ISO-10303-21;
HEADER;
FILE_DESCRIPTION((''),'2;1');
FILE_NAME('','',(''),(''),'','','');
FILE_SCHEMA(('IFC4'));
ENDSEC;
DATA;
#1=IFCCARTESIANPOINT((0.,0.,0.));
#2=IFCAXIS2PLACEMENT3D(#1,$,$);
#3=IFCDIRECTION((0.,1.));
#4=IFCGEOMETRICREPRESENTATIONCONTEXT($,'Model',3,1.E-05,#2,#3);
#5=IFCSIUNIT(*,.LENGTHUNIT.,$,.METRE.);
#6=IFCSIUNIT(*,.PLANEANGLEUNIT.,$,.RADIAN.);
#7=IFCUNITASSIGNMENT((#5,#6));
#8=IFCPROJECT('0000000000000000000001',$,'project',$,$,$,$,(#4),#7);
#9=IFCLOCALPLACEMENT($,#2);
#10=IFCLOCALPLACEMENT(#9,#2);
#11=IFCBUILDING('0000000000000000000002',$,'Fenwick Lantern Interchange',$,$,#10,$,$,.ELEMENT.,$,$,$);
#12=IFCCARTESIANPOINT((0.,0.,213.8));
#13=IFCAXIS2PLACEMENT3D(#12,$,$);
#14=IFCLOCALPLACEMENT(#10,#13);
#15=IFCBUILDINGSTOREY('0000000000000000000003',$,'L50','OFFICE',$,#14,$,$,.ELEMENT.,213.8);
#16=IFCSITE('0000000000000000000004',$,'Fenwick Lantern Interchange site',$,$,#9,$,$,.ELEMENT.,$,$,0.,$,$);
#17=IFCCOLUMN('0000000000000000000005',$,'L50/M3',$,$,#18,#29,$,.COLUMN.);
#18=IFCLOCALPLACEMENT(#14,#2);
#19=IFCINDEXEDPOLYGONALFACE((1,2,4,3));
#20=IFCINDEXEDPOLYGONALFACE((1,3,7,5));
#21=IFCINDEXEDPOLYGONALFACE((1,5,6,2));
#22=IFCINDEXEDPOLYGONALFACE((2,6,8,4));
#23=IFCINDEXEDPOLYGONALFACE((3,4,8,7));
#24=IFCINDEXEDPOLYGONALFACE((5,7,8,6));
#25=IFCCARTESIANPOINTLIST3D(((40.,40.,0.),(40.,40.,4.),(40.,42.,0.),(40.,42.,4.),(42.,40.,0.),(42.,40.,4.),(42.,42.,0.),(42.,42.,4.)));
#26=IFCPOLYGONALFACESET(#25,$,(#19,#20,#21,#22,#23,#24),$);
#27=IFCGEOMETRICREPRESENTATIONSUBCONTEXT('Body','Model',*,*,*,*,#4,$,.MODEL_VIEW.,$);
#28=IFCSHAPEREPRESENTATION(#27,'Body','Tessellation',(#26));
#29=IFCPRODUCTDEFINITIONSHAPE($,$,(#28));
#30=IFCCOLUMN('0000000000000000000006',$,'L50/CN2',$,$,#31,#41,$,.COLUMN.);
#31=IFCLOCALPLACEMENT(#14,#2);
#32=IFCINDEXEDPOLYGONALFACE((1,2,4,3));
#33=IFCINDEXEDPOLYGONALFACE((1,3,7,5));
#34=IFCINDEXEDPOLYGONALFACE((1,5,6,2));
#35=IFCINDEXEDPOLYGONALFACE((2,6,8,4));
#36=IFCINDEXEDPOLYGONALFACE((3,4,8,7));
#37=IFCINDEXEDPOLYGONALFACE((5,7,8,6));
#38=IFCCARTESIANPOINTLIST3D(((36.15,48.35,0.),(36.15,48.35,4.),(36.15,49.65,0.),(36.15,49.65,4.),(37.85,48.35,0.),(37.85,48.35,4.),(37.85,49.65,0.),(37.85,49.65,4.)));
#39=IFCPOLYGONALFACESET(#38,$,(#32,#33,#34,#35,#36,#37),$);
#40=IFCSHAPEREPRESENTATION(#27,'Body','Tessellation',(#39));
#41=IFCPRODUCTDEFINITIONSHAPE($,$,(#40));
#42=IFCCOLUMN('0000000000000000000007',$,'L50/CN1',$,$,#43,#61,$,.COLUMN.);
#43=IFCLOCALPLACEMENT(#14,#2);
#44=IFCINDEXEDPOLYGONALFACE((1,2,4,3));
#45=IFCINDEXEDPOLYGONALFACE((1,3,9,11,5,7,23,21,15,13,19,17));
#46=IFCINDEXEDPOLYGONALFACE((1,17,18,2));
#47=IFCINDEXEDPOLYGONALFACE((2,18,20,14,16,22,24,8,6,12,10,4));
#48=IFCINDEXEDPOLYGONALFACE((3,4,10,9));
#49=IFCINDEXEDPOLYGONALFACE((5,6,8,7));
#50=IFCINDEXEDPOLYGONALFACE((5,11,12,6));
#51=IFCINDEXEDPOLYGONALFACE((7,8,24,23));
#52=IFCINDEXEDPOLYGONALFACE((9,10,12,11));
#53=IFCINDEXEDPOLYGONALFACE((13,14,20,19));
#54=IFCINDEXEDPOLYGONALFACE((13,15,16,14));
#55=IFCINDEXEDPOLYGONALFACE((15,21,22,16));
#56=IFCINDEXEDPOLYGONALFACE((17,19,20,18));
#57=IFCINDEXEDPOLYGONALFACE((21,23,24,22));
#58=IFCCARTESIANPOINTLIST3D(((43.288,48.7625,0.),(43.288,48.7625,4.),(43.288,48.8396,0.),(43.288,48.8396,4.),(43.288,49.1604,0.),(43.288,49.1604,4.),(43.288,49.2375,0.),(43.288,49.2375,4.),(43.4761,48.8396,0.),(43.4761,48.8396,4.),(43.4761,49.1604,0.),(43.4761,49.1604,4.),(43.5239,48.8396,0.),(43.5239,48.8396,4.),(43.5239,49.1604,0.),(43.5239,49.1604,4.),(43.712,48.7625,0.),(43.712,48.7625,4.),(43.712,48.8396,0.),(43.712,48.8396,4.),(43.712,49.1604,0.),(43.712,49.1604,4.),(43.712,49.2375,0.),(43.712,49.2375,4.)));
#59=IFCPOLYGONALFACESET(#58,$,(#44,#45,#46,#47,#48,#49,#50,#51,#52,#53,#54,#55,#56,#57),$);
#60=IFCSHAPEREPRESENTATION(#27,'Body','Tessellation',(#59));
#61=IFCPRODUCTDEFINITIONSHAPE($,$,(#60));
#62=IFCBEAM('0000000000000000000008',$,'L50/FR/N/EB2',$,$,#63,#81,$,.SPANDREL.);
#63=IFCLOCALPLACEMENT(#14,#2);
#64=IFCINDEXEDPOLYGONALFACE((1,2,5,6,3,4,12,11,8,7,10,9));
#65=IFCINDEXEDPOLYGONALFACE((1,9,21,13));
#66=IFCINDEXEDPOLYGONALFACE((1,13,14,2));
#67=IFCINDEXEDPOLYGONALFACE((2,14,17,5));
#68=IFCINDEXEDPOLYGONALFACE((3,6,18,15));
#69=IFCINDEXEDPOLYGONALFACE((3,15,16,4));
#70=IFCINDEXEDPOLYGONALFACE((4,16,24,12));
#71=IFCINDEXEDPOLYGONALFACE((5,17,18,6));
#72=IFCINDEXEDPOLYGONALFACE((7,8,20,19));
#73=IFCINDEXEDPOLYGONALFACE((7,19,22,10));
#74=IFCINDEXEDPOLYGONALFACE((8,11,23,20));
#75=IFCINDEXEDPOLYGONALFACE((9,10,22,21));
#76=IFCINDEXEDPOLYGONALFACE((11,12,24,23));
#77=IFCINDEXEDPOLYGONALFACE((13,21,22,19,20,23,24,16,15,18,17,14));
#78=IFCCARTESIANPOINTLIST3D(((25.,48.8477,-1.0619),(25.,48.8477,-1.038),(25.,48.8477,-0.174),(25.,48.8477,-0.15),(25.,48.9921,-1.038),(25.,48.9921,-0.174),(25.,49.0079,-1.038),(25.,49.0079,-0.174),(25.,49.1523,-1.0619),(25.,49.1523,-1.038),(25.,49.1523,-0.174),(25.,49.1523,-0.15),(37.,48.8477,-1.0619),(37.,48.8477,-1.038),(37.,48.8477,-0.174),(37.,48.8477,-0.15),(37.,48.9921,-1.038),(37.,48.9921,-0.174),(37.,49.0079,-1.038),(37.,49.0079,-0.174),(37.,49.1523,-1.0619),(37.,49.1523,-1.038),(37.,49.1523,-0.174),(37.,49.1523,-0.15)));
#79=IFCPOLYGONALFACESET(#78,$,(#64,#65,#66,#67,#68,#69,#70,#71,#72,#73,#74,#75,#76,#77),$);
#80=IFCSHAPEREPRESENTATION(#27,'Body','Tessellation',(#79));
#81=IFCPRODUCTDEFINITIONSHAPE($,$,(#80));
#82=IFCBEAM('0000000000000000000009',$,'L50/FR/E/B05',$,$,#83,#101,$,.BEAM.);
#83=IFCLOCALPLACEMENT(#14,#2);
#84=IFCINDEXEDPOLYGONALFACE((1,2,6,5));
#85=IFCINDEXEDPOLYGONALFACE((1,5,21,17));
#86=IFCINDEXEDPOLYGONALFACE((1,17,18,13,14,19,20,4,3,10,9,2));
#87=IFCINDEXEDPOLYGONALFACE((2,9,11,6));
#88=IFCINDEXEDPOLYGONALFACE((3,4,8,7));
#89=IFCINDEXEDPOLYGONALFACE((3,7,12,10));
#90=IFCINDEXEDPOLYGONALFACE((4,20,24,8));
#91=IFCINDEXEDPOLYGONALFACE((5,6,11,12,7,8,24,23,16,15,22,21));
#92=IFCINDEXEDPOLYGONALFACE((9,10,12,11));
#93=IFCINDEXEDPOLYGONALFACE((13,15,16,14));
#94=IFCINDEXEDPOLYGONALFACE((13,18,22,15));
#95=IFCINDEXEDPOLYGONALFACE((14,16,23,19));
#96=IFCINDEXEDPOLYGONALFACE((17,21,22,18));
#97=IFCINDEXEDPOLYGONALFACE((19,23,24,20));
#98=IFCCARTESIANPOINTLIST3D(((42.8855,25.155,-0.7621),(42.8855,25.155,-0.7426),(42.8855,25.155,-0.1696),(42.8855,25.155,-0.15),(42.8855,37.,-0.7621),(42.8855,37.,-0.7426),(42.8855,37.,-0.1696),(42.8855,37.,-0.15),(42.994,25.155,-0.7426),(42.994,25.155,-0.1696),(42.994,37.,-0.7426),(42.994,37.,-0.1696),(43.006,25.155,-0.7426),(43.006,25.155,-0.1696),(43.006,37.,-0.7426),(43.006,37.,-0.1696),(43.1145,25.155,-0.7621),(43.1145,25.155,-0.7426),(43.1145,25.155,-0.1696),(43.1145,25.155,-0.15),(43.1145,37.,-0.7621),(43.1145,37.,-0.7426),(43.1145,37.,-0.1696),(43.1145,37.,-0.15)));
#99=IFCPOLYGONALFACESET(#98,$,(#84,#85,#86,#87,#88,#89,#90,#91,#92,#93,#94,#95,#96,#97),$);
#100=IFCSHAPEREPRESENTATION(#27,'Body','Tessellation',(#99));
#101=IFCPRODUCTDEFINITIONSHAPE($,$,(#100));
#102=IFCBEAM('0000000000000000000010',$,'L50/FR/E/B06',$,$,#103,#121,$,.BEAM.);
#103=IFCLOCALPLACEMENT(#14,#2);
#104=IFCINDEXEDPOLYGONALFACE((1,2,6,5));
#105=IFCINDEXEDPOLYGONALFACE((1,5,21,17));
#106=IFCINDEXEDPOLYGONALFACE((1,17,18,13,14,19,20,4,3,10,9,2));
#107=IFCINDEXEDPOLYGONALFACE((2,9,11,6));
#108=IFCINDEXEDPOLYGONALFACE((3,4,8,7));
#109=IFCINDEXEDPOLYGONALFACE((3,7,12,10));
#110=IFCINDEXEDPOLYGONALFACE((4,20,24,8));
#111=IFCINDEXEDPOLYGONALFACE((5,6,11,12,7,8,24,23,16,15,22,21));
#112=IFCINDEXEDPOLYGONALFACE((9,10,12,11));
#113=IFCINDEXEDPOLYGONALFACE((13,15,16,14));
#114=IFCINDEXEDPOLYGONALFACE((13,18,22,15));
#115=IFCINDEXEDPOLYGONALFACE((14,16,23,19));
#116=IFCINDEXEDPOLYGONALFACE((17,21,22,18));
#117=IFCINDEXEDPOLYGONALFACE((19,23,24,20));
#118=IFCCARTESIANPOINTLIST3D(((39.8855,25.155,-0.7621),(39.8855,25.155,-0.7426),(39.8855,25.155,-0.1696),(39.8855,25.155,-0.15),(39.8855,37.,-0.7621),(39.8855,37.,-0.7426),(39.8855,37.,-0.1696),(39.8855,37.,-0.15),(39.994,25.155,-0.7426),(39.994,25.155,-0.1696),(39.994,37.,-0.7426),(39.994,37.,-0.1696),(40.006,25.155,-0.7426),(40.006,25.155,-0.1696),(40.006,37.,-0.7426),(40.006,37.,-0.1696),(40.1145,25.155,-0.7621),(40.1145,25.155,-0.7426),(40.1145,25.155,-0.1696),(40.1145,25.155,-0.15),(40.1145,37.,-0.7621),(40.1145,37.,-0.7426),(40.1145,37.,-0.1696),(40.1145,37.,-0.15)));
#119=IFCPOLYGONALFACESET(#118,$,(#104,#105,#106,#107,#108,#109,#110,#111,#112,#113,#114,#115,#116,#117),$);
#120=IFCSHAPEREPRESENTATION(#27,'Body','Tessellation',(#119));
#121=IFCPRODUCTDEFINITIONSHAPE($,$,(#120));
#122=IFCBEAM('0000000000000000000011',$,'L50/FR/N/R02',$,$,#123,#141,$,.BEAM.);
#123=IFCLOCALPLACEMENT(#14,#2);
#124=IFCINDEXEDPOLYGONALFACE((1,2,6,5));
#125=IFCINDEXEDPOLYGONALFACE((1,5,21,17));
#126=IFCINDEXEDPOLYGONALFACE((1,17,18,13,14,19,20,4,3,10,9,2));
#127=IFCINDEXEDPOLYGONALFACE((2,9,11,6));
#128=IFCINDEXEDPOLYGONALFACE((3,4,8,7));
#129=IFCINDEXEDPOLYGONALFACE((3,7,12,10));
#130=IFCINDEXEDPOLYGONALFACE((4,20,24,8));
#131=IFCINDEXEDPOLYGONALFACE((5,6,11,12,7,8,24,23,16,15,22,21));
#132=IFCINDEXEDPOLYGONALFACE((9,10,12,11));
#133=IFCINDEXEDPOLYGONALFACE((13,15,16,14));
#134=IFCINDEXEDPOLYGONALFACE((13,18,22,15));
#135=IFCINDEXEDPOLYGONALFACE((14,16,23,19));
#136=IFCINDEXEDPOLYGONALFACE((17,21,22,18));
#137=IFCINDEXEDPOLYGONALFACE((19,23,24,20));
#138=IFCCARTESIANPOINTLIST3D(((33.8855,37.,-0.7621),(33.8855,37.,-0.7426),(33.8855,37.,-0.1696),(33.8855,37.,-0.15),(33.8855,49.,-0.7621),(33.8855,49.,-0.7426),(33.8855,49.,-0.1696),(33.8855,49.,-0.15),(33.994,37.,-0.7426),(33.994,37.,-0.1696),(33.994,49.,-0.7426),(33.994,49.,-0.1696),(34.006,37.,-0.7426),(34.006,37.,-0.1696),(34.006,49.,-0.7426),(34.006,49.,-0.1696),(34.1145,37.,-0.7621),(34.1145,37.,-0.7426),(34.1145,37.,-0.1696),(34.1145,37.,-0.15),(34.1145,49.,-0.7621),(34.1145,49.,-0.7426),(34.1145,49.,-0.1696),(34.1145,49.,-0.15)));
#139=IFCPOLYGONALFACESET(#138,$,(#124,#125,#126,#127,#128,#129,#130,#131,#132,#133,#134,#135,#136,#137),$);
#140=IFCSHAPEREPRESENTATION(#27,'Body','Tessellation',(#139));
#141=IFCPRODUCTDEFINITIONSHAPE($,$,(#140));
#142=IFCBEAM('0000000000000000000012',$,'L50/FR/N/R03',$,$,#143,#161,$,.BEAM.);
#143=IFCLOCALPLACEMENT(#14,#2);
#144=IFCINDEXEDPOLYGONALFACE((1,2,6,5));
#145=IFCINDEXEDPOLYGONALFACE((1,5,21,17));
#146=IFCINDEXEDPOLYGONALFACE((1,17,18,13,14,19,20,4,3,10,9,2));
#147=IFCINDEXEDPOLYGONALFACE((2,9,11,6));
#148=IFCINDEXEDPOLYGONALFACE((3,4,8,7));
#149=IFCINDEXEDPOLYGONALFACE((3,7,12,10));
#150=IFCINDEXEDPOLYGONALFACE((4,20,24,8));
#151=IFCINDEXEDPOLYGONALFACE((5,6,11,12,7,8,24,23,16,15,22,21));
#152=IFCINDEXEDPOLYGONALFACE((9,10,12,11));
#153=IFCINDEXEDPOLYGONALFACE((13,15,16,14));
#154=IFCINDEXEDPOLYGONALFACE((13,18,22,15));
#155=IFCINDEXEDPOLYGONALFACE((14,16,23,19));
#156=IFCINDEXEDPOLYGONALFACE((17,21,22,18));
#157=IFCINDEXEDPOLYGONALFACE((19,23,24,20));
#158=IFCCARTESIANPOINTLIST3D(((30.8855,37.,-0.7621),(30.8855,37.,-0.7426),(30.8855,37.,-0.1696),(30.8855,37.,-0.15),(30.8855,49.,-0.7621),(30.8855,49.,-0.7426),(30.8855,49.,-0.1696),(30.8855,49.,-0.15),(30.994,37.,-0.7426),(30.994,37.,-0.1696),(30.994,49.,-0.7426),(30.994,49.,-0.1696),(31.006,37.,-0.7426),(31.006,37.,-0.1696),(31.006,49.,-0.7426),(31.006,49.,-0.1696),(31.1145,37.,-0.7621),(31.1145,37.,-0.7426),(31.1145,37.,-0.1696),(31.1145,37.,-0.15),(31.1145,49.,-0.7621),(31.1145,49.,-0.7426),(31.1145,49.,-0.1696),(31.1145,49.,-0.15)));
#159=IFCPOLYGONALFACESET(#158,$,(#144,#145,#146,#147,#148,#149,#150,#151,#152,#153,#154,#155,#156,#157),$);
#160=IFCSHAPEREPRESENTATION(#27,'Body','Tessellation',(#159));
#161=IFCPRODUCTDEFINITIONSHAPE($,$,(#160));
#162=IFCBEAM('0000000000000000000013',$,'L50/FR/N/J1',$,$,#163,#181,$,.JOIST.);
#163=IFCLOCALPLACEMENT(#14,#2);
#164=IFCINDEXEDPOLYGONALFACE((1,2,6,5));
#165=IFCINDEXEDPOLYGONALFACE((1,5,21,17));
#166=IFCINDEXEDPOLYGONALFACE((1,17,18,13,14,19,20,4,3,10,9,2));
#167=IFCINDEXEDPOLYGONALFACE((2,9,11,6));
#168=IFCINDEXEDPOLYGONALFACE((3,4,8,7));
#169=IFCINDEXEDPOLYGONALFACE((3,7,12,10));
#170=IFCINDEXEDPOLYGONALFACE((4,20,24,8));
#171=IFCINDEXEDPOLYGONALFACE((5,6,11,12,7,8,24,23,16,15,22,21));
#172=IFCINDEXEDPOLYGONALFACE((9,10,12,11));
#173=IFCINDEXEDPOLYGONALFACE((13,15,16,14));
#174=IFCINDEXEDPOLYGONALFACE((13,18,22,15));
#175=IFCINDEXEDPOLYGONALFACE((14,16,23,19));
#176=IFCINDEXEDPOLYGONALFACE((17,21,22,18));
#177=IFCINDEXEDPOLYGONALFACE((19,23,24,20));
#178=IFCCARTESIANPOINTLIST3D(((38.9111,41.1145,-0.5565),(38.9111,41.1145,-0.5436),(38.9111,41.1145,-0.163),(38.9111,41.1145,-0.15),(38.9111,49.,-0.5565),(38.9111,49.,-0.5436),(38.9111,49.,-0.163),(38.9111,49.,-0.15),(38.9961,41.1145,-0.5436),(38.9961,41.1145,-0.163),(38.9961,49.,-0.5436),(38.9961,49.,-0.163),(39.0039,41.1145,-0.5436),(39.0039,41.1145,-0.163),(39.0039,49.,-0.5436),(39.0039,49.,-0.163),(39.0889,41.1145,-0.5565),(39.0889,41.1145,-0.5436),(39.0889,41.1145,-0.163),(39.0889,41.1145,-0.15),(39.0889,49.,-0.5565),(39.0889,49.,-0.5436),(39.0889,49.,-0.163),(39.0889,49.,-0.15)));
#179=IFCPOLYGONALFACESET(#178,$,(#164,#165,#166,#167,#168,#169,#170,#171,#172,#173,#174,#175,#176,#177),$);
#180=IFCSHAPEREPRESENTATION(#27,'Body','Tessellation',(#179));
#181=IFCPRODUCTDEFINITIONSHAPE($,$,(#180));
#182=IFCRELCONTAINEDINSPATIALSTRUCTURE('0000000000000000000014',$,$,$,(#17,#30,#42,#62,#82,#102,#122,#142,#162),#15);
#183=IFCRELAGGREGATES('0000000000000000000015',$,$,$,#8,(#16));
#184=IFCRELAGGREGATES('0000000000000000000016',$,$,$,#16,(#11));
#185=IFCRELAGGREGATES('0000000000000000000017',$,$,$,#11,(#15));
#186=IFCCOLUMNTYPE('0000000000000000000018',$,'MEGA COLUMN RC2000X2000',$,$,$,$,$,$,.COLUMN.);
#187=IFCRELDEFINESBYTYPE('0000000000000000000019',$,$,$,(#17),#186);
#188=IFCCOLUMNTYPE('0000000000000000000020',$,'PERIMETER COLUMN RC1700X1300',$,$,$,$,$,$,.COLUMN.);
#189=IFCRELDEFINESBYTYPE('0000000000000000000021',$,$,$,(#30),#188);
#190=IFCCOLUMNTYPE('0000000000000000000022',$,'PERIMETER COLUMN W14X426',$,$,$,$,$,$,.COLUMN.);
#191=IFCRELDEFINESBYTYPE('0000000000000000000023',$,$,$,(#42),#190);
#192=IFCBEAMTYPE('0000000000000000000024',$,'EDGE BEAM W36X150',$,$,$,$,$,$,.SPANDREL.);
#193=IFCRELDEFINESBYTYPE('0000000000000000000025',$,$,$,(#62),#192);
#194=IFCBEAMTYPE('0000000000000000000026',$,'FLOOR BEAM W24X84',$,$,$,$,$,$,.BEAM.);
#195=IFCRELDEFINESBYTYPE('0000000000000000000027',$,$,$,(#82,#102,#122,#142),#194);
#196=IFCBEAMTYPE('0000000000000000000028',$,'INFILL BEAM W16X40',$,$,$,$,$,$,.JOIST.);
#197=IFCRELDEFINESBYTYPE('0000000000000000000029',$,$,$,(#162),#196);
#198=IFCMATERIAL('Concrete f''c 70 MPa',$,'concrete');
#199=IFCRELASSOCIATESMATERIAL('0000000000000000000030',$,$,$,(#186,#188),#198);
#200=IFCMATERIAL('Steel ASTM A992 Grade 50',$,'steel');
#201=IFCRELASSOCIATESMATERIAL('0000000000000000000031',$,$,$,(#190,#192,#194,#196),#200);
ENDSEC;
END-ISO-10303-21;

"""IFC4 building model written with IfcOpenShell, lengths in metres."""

from ifc_helpers import new_model, si_unit, direction, frame, origin, origin_2d, place, context, subcontext, project, spatial, rectangle, i_section, extrude, material, material_profile, profile_set, type_object, element, save


model = new_model("IFC4")

# Units and contexts
model_context = context("Model", 3, precision=1e-05, world=origin(), true_north=direction((0.0, 1.0)))
body_context = subcontext(model_context, "Body", "Model", "MODEL_VIEW")
ifc_project = project(units=[si_unit("LENGTHUNIT", "METRE"), si_unit("PLANEANGLEUNIT", "RADIAN")], contexts=[model_context])

# Site, building, storey
site_placement = place(None, origin())
site = spatial("IfcSite", under=ifc_project, at=site_placement, Name="Fenwick Lantern Interchange site", CompositionType="ELEMENT", RefElevation=0.0)
building_placement = place(site_placement, origin())
building = spatial("IfcBuilding", under=site, at=building_placement, Name="Fenwick Lantern Interchange", CompositionType="ELEMENT")
storey_placement = place(building_placement, frame((0.0, 0.0, 213.8)))
storey = spatial("IfcBuildingStorey", under=building, at=storey_placement, Name="L50", Description="OFFICE", CompositionType="ELEMENT", Elevation=213.8)

# Columns
ifc_material_1 = material(Name="Concrete f'c 70 MPa", Category="concrete")
ifc_material_profile_1 = material_profile(ifc_material_1, rectangle(XDim=2.0, YDim=2.0, at=origin_2d()), Name="RC2000X2000")
ifc_profile_set_1 = profile_set([ifc_material_profile_1], Name="Concrete f'c 70 MPa")
column_type_1 = type_object("IfcColumnType", Name="MEGA COLUMN RC2000X2000", PredefinedType="COLUMN", material=ifc_profile_set_1)
column_1_placement = place(storey_placement, frame((41.0, 41.0, 0.0), z_axis=(0.0, 0.0, 1.0), x_axis=(1.0, 0.0, 0.0)))
element("IfcColumn", 1, at=column_1_placement, inside=storey, type_object=column_type_1, Name="L50/M3", PredefinedType="COLUMN", context=body_context, shape_type="SweptSolid", body=[
    extrude(rectangle(XDim=2.0, YDim=2.0, at=origin_2d()), origin(), (0.0, 0.0, 1.0), 4.0),
])
ifc_material_profile_2 = material_profile(ifc_material_1, rectangle(XDim=1.7, YDim=1.3, at=origin_2d()), Name="RC1700X1300")
ifc_profile_set_2 = profile_set([ifc_material_profile_2], Name="Concrete f'c 70 MPa")
column_type_2 = type_object("IfcColumnType", Name="PERIMETER COLUMN RC1700X1300", PredefinedType="COLUMN", material=ifc_profile_set_2)
column_2_placement = place(storey_placement, frame((37.0, 49.0, 0.0), z_axis=(0.0, 0.0, 1.0), x_axis=(1.0, 0.0, 0.0)))
element("IfcColumn", 2, at=column_2_placement, inside=storey, type_object=column_type_2, Name="L50/CN2", PredefinedType="COLUMN", context=body_context, shape_type="SweptSolid", body=[
    extrude(rectangle(XDim=1.7, YDim=1.3, at=origin_2d()), origin(), (0.0, 0.0, 1.0), 4.0),
])
ifc_material_2 = material(Name="Steel ASTM A992 Grade 50", Category="steel")
ifc_material_profile_3 = material_profile(ifc_material_2, i_section(OverallWidth=0.4241, OverallDepth=0.4751, WebThickness=0.0479, FlangeThickness=0.0771, at=origin_2d()), Name="W14X426")
ifc_profile_set_3 = profile_set([ifc_material_profile_3], Name="Steel ASTM A992 Grade 50")
column_type_3 = type_object("IfcColumnType", Name="PERIMETER COLUMN W14X426", PredefinedType="COLUMN", material=ifc_profile_set_3)
column_3_placement = place(storey_placement, frame((43.5, 49.0, 0.0), z_axis=(0.0, 0.0, 1.0), x_axis=(1.0, 0.0, 0.0)))
element("IfcColumn", 3, at=column_3_placement, inside=storey, type_object=column_type_3, Name="L50/CN1", PredefinedType="COLUMN", context=body_context, shape_type="SweptSolid", body=[
    extrude(i_section(OverallWidth=0.4241, OverallDepth=0.4751, WebThickness=0.0479, FlangeThickness=0.0771, at=origin_2d()), origin(), (0.0, 0.0, 1.0), 4.0),
])

# Beams
ifc_material_profile_4 = material_profile(ifc_material_2, i_section(OverallWidth=0.3047, OverallDepth=0.9119, WebThickness=0.0159, FlangeThickness=0.0239, at=origin_2d()), Name="W36X150")
ifc_profile_set_4 = profile_set([ifc_material_profile_4], Name="Steel ASTM A992 Grade 50")
beam_type_1 = type_object("IfcBeamType", Name="EDGE BEAM W36X150", PredefinedType="SPANDREL", material=ifc_profile_set_4)
beam_1_placement = place(storey_placement, frame((37.0, 49.0, -0.606), z_axis=(-1.0, 0.0, 0.0), x_axis=(0.0, -1.0, 0.0)))
element("IfcBeam", 4, at=beam_1_placement, inside=storey, type_object=beam_type_1, Name="L50/FR/N/EB2", PredefinedType="SPANDREL", context=body_context, shape_type="SweptSolid", body=[
    extrude(i_section(OverallWidth=0.3047, OverallDepth=0.9119, WebThickness=0.0159, FlangeThickness=0.0239, at=origin_2d()), origin(), (0.0, 0.0, 1.0), 12.0),
])
ifc_material_profile_5 = material_profile(ifc_material_2, i_section(OverallWidth=0.229, OverallDepth=0.6121, WebThickness=0.012, FlangeThickness=0.0195, at=origin_2d()), Name="W24X84")
ifc_profile_set_5 = profile_set([ifc_material_profile_5], Name="Steel ASTM A992 Grade 50")
beam_type_2 = type_object("IfcBeamType", Name="FLOOR BEAM W24X84", PredefinedType="BEAM", material=ifc_profile_set_5)
for number, where, z_axis, x_axis, name in (
    (5, (43.0, 25.155, -0.4561), (0.0, 1.0, 0.0), (-1.0, 0.0, 0.0), "L50/FR/E/B05"),
    (6, (40.0, 25.155, -0.4561), (0.0, 1.0, 0.0), (-1.0, 0.0, 0.0), "L50/FR/E/B06"),
):
    element("IfcBeam", number, at=place(storey_placement, frame(where, z_axis=z_axis, x_axis=x_axis)), inside=storey, type_object=beam_type_2, Name=name, PredefinedType="BEAM", context=body_context, shape_type="SweptSolid", body=[
        extrude(i_section(OverallWidth=0.229, OverallDepth=0.6121, WebThickness=0.012, FlangeThickness=0.0195, at=origin_2d()), origin(), (0.0, 0.0, 1.0), 11.845),
    ])
for number, where, z_axis, x_axis, name in (
    (7, (34.0, 49.0, -0.4561), (0.0, -1.0, 0.0), (1.0, 0.0, 0.0), "L50/FR/N/R02"),
    (8, (31.0, 49.0, -0.4561), (0.0, -1.0, 0.0), (1.0, 0.0, 0.0), "L50/FR/N/R03"),
):
    element("IfcBeam", number, at=place(storey_placement, frame(where, z_axis=z_axis, x_axis=x_axis)), inside=storey, type_object=beam_type_2, Name=name, PredefinedType="BEAM", context=body_context, shape_type="SweptSolid", body=[
        extrude(i_section(OverallWidth=0.229, OverallDepth=0.6121, WebThickness=0.012, FlangeThickness=0.0195, at=origin_2d()), origin(), (0.0, 0.0, 1.0), 12.0),
    ])
ifc_material_profile_6 = material_profile(ifc_material_2, i_section(OverallWidth=0.1777, OverallDepth=0.4065, WebThickness=0.0078, FlangeThickness=0.0129, at=origin_2d()), Name="W16X40")
ifc_profile_set_6 = profile_set([ifc_material_profile_6], Name="Steel ASTM A992 Grade 50")
beam_type_3 = type_object("IfcBeamType", Name="INFILL BEAM W16X40", PredefinedType="JOIST", material=ifc_profile_set_6)
beam_2_placement = place(storey_placement, frame((39.0, 49.0, -0.3533), z_axis=(0.0, -1.0, 0.0), x_axis=(1.0, 0.0, 0.0)))
element("IfcBeam", 9, at=beam_2_placement, inside=storey, type_object=beam_type_3, Name="L50/FR/N/J1", PredefinedType="JOIST", context=body_context, shape_type="SweptSolid", body=[
    extrude(i_section(OverallWidth=0.1777, OverallDepth=0.4065, WebThickness=0.0078, FlangeThickness=0.0129, at=origin_2d()), origin(), (0.0, 0.0, 1.0), 7.8855),
])

save(model, "model.ifc")
